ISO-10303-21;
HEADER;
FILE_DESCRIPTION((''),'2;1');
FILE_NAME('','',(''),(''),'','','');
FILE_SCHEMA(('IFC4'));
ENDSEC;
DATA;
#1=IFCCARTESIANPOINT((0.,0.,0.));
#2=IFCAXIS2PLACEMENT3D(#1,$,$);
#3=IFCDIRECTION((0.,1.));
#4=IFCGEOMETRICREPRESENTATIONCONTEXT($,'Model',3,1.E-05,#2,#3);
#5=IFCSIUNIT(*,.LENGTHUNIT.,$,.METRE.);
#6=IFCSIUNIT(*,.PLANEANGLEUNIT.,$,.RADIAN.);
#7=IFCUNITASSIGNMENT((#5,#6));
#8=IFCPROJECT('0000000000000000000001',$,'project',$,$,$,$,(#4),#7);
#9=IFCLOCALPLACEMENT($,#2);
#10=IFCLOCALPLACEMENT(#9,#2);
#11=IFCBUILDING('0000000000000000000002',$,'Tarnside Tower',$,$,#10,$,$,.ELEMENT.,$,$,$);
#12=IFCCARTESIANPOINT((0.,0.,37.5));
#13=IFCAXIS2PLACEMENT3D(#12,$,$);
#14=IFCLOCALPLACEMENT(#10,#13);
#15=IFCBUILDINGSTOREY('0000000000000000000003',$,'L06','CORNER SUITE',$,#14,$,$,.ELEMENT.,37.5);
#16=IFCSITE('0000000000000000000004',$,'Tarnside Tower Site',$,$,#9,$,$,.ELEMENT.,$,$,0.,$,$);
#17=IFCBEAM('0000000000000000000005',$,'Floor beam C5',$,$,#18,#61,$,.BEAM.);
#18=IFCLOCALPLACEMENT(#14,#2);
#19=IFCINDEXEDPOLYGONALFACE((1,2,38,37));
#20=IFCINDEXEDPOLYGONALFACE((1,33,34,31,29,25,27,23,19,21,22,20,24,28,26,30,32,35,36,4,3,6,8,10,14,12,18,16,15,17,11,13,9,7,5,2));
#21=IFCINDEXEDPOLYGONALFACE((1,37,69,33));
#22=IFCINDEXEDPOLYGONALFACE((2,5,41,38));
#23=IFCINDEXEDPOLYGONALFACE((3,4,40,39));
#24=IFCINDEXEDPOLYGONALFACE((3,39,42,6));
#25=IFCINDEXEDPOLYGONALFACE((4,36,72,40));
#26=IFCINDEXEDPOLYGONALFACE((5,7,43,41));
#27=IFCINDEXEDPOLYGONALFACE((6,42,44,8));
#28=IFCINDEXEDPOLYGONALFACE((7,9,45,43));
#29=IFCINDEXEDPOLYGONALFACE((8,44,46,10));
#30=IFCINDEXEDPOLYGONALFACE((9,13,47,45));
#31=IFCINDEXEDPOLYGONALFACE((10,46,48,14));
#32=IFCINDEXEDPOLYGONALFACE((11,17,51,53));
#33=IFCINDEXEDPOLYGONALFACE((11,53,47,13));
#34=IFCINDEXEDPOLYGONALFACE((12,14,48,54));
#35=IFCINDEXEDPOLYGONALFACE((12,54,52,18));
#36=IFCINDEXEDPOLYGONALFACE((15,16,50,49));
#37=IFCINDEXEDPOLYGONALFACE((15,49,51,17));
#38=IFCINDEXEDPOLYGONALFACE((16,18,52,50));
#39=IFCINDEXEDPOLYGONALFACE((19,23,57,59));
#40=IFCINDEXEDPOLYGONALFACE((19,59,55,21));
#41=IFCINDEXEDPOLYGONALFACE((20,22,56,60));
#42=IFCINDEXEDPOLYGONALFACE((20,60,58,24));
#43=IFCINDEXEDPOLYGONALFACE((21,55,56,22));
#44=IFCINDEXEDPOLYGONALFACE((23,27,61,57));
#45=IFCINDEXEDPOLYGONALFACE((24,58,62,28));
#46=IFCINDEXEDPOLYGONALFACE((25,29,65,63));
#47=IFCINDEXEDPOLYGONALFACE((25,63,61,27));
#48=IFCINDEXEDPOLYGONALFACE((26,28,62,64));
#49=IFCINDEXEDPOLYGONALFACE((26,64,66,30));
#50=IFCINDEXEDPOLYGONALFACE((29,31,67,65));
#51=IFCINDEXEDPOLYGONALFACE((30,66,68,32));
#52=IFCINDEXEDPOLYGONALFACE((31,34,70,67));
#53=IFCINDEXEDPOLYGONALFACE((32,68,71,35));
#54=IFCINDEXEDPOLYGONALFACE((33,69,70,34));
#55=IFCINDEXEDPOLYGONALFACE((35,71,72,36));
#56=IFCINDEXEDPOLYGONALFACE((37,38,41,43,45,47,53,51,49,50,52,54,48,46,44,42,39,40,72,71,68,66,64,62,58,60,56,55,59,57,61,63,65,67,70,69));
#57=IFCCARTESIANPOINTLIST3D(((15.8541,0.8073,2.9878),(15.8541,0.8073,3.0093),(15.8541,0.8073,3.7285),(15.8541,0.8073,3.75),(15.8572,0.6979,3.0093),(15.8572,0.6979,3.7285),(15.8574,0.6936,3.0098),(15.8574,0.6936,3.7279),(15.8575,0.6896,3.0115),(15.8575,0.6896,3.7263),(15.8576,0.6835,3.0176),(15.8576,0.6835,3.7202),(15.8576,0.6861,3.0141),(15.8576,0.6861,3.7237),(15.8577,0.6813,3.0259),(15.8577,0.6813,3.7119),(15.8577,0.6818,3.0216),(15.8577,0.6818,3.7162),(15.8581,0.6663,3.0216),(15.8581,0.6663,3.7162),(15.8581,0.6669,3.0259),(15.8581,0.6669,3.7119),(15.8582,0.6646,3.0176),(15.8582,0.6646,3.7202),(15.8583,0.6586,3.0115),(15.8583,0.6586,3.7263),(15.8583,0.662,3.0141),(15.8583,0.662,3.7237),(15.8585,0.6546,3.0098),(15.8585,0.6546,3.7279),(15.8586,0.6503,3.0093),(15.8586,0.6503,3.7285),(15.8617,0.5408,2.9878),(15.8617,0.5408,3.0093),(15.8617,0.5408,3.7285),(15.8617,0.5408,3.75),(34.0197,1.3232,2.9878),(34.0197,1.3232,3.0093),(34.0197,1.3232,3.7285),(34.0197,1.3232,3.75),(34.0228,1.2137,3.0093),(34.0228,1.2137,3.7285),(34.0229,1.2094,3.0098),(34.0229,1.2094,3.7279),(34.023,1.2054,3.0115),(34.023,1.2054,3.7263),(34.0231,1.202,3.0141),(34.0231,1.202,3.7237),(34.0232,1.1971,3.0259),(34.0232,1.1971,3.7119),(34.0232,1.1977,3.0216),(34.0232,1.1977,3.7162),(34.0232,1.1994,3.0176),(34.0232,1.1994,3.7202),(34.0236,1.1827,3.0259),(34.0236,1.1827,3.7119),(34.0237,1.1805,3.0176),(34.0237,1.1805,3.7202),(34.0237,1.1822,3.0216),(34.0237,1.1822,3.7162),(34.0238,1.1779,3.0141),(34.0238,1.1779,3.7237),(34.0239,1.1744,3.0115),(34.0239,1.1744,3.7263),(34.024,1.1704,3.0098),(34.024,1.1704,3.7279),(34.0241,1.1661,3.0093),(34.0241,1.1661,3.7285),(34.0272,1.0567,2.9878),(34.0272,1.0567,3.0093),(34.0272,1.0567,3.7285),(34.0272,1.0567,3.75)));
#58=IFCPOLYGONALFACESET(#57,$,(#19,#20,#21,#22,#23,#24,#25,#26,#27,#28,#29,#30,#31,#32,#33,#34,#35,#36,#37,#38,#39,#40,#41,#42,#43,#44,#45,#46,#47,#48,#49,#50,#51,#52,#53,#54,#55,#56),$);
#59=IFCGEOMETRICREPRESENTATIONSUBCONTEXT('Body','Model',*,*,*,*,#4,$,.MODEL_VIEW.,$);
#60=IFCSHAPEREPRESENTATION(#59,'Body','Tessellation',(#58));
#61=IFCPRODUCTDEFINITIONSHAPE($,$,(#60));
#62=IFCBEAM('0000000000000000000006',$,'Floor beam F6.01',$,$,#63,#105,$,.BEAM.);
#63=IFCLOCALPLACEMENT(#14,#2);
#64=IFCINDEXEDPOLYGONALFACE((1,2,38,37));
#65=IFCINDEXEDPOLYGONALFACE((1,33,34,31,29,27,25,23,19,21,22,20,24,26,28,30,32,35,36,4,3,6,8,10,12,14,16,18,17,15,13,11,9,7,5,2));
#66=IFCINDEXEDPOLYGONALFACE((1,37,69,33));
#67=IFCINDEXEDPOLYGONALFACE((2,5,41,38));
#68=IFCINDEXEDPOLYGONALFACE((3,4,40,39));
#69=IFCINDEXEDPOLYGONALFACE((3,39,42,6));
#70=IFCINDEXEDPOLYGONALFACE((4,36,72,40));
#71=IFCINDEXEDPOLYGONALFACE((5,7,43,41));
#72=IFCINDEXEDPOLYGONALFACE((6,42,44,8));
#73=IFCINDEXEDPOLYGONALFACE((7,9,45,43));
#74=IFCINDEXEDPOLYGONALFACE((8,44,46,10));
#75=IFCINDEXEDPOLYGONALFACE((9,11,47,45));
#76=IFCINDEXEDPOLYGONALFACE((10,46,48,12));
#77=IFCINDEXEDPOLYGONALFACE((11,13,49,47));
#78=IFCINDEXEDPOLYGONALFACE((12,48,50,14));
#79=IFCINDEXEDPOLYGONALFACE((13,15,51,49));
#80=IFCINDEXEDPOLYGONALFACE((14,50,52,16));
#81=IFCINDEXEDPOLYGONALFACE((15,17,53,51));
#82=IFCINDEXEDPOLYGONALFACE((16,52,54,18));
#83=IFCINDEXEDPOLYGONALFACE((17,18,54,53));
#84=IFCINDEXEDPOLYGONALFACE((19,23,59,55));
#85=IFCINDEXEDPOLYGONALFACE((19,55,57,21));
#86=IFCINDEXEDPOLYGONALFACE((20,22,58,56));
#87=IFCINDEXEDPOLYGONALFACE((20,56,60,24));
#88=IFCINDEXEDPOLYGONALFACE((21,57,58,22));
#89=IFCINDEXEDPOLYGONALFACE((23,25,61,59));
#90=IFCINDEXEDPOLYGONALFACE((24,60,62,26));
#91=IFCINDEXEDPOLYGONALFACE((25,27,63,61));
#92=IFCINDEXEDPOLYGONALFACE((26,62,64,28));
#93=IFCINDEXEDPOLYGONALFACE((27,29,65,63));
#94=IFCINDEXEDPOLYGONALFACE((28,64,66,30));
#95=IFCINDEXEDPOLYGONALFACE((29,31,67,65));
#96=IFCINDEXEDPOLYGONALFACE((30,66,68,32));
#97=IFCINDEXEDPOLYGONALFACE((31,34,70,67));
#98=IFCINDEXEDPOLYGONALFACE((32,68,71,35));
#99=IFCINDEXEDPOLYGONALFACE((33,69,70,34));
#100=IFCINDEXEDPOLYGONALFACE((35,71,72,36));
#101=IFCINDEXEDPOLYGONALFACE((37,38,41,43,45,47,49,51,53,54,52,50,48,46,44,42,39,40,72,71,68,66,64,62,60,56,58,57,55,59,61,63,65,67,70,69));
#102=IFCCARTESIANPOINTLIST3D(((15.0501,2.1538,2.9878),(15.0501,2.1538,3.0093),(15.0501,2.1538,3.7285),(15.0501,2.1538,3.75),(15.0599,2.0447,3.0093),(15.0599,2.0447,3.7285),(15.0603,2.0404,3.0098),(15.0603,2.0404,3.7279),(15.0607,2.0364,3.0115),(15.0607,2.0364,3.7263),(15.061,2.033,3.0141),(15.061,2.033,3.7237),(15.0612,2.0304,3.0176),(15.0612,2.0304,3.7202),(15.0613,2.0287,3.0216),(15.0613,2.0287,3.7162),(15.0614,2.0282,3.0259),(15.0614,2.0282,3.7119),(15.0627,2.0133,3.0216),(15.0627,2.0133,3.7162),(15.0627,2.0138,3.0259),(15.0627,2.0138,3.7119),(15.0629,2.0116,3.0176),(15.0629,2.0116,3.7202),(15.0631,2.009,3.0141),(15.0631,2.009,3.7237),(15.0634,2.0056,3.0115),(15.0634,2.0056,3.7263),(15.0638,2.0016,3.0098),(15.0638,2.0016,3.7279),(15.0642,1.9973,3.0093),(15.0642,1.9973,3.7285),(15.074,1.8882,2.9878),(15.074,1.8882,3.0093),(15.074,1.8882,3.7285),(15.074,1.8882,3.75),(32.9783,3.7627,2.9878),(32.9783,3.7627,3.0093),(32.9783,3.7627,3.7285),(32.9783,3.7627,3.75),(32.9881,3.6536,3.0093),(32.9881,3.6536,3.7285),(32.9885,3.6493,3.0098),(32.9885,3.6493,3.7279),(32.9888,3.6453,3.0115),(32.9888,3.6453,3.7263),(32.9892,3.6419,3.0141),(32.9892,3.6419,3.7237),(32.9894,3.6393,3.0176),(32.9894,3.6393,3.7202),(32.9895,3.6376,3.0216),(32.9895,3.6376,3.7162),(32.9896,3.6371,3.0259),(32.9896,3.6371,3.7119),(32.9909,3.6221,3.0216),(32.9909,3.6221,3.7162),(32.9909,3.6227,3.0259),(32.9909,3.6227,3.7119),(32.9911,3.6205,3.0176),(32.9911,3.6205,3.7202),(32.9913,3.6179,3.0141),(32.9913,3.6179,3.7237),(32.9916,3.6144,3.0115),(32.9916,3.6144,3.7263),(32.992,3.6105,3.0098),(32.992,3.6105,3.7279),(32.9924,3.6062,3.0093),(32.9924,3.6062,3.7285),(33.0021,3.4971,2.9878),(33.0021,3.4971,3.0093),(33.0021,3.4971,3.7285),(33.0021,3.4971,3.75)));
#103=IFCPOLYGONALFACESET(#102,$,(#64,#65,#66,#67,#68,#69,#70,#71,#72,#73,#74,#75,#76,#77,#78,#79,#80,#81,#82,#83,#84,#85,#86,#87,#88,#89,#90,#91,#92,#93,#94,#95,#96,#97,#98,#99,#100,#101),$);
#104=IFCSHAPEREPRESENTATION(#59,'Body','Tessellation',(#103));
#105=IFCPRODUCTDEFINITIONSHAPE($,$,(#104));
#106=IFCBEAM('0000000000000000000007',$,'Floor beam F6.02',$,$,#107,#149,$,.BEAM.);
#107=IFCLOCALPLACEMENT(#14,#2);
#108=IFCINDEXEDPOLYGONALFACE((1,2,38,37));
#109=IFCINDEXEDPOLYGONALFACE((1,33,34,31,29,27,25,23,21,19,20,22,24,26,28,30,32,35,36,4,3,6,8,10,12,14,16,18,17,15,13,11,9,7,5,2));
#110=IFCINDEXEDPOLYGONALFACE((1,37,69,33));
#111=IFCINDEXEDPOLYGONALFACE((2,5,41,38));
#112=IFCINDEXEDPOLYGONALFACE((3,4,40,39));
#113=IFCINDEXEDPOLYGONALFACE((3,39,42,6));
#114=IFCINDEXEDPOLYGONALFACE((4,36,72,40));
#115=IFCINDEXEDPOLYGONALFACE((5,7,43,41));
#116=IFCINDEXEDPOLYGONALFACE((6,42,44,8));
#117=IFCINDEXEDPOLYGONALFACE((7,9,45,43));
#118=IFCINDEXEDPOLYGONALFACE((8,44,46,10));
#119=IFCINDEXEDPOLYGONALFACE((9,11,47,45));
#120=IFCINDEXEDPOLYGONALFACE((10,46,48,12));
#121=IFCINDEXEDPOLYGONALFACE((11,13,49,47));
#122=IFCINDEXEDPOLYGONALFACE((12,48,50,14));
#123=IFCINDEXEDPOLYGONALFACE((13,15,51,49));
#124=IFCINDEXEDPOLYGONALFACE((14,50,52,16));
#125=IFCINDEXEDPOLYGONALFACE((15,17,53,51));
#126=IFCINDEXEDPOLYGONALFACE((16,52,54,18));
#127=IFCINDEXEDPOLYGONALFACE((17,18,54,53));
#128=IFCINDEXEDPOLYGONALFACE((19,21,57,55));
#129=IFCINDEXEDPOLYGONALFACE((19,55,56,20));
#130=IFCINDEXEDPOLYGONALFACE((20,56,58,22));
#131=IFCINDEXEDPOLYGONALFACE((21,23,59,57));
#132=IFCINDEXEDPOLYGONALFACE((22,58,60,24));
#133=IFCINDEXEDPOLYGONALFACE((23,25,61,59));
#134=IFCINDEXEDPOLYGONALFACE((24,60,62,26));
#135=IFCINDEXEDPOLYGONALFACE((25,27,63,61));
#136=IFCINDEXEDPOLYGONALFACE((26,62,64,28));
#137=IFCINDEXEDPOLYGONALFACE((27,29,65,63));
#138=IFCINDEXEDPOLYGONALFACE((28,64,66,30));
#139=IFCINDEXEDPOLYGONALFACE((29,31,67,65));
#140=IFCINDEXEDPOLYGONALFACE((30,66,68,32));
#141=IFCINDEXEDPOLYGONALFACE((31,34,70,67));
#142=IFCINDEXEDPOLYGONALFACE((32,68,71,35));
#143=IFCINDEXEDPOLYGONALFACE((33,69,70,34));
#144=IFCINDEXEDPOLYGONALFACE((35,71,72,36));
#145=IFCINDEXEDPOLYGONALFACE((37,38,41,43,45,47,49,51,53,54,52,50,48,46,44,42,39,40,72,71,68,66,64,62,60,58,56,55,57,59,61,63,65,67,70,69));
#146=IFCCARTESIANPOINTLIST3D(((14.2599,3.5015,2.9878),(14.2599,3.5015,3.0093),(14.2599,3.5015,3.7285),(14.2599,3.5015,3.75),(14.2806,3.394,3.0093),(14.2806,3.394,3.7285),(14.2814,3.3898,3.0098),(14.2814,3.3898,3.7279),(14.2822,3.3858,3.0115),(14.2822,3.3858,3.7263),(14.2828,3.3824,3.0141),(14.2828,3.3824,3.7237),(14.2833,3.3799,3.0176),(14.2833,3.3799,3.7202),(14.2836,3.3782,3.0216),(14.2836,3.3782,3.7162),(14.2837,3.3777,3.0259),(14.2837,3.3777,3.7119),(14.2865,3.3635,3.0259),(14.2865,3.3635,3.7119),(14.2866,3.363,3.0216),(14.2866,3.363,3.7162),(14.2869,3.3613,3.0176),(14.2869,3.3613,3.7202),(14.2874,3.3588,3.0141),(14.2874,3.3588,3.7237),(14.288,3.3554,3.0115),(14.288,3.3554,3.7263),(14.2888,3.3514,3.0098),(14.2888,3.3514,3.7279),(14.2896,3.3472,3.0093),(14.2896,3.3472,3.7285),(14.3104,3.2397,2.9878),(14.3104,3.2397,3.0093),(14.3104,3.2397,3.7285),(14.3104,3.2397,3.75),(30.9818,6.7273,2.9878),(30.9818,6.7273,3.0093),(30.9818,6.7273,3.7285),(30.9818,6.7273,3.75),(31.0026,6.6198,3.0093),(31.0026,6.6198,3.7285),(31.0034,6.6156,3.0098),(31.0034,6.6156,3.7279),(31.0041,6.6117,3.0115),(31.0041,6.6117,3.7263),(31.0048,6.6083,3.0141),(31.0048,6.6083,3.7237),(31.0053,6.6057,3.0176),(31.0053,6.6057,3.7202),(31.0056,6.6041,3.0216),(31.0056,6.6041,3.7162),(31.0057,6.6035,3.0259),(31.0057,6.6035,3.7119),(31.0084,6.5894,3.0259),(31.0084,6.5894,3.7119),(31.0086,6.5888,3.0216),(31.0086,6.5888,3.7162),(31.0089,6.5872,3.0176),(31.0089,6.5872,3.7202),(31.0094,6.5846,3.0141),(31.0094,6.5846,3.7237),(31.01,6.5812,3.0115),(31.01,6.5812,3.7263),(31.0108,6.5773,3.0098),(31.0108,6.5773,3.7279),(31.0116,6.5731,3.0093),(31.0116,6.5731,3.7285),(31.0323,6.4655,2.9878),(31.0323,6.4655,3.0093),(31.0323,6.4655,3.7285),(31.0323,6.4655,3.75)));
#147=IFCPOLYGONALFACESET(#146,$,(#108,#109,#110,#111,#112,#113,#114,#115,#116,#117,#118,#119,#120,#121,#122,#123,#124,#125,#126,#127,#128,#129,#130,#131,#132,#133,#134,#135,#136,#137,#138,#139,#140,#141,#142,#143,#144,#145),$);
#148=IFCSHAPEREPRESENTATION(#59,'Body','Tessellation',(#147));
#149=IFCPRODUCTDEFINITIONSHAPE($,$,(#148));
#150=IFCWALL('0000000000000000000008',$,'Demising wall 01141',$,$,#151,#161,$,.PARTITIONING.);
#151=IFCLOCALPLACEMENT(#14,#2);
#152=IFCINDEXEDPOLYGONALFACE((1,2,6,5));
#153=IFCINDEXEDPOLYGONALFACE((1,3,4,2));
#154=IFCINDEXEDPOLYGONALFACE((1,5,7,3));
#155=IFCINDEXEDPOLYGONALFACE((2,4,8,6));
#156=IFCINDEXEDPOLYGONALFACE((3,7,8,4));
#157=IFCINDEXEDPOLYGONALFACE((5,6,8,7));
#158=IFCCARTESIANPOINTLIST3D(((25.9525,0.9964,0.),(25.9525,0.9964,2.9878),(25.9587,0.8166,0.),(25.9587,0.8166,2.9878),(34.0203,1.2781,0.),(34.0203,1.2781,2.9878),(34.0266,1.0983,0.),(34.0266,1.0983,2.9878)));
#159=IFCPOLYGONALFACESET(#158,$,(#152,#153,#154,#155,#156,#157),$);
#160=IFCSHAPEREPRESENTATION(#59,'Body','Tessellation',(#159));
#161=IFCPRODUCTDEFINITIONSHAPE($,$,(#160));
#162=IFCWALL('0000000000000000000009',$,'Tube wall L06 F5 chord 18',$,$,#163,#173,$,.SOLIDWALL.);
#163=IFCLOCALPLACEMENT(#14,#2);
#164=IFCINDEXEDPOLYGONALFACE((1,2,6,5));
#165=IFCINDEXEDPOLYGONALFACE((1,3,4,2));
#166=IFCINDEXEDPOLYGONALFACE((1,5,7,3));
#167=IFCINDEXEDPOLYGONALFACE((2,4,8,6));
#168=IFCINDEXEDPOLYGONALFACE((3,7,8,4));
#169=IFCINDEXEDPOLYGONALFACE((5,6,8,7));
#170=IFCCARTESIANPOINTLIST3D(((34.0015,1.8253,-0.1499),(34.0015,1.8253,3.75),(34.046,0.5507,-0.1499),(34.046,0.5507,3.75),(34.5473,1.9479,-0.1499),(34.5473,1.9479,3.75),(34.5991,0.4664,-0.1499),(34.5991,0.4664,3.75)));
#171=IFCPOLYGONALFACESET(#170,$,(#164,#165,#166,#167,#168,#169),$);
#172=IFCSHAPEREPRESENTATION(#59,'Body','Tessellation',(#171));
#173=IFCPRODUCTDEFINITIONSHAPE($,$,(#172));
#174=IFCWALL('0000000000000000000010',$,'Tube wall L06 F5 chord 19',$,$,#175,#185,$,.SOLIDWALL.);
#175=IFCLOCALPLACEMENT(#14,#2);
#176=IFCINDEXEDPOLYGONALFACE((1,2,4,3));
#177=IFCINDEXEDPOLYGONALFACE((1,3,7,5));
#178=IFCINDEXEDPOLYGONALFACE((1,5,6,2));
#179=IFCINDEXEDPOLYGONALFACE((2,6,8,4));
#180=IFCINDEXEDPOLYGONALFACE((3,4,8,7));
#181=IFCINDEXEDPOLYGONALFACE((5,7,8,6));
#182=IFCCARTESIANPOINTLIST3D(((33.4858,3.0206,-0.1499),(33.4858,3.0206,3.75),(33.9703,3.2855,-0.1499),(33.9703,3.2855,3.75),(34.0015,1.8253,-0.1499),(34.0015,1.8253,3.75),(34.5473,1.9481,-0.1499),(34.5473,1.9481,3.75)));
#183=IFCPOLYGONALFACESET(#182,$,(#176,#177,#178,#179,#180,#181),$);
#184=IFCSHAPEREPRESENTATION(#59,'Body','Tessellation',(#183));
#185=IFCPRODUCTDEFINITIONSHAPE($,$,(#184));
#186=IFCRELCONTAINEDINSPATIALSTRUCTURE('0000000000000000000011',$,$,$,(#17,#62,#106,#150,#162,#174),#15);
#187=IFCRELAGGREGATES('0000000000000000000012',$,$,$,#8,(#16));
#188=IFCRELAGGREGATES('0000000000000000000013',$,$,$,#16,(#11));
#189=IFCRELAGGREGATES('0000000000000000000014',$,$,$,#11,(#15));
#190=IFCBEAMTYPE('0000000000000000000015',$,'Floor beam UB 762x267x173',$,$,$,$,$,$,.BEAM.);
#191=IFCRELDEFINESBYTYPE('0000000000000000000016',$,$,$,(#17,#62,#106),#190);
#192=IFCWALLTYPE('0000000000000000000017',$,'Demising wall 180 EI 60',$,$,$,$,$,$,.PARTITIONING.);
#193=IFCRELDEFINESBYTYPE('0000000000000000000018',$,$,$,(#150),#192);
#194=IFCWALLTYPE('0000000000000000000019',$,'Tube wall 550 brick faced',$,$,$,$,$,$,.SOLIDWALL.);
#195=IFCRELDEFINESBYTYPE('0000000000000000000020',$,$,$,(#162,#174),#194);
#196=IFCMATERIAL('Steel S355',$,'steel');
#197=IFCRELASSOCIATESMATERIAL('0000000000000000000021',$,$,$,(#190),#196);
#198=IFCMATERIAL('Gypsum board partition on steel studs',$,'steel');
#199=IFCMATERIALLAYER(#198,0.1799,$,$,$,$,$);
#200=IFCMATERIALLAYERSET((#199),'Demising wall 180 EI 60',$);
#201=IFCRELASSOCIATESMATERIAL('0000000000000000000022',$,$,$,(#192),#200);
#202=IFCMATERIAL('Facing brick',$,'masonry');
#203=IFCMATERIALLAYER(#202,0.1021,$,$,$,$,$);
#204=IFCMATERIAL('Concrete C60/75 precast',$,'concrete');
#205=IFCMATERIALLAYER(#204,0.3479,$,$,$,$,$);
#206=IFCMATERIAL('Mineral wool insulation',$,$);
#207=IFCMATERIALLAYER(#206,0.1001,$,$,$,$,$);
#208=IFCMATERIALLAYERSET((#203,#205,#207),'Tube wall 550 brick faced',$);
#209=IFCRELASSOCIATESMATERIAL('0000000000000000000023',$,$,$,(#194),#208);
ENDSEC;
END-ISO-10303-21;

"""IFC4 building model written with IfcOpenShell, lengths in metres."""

from ifc_helpers import new_model, si_unit, direction, frame, frame_2d, origin, origin_2d, place, context, subcontext, project, spatial, polyline, rectangle, i_section, outline, extrude, material, layer, layer_set, material_profile, profile_set, type_object, element, save


model = new_model("IFC4")

# Units and contexts
model_context = context("Model", 3, precision=1e-05, world=origin(), true_north=direction((0.0, 1.0)))
body_context = subcontext(model_context, "Body", "Model", "MODEL_VIEW")
ifc_project = project(units=[si_unit("LENGTHUNIT", "METRE"), si_unit("PLANEANGLEUNIT", "RADIAN")], contexts=[model_context])

# Site, building, storey
site_placement = place(None, origin())
site = spatial("IfcSite", under=ifc_project, at=site_placement, Name="Tarnside Tower Site", CompositionType="ELEMENT", RefElevation=0.0)
building_placement = place(site_placement, origin())
building = spatial("IfcBuilding", under=site, at=building_placement, Name="Tarnside Tower", CompositionType="ELEMENT")
storey_placement = place(building_placement, frame((0.0, 0.0, 37.5)))
storey = spatial("IfcBuildingStorey", under=building, at=storey_placement, Name="L06", Description="CORNER SUITE", CompositionType="ELEMENT", Elevation=37.5)

# Beams
ifc_material_1 = material(Name="Steel S355", Category="steel")
ifc_material_profile = material_profile(ifc_material_1, i_section(OverallWidth=0.2666, OverallDepth=0.7622, WebThickness=0.0144, FlangeThickness=0.0215, FilletRadius=0.0166, at=origin_2d()), Name="UB 762x267x173")
ifc_profile_set = profile_set([ifc_material_profile], Name="Steel S355")
beam_type = type_object("IfcBeamType", Name="Floor beam UB 762x267x173", PredefinedType="BEAM", material=ifc_profile_set)
beam_1_placement = place(storey_placement, frame((34.0234, 1.1899, 3.3689), z_axis=(-0.999597, -0.028387, 0.0), x_axis=(0.028387, -0.999597, 0.0)))
element("IfcBeam", 1, at=beam_1_placement, inside=storey, type_object=beam_type, Name="Floor beam C5", PredefinedType="BEAM", context=body_context, shape_type="SweptSolid", body=[
    extrude(i_section(OverallWidth=0.2666, OverallDepth=0.7622, WebThickness=0.0144, FlangeThickness=0.0215, FilletRadius=0.0166, at=origin_2d()), origin(), (0.0, 0.0, 1.0), 18.1729),
])
beam_2_placement = place(storey_placement, frame((32.9902, 3.6299, 3.3689), z_axis=(-0.995997, -0.089381, 0.0), x_axis=(0.089381, -0.995997, 0.0)))
element("IfcBeam", 2, at=beam_2_placement, inside=storey, type_object=beam_type, Name="Floor beam F6.01", PredefinedType="BEAM", context=body_context, shape_type="SweptSolid", body=[
    extrude(i_section(OverallWidth=0.2666, OverallDepth=0.7622, WebThickness=0.0144, FlangeThickness=0.0215, FilletRadius=0.0166, at=origin_2d()), origin(), (0.0, 0.0, 1.0), 18.0002),
])
beam_3_placement = place(storey_placement, frame((31.0071, 6.5964, 3.3689), z_axis=(-0.981897, -0.189418, 0.0), x_axis=(0.189418, -0.981897, 0.0)))
element("IfcBeam", 3, at=beam_3_placement, inside=storey, type_object=beam_type, Name="Floor beam F6.02", PredefinedType="BEAM", context=body_context, shape_type="SweptSolid", body=[
    extrude(i_section(OverallWidth=0.2666, OverallDepth=0.7622, WebThickness=0.0144, FlangeThickness=0.0215, FilletRadius=0.0166, at=origin_2d()), origin(), (0.0, 0.0, 1.0), 17.0303),
])

# Walls
ifc_material_2 = material(Name="Gypsum board partition on steel studs", Category="steel")
ifc_layer_1 = layer(ifc_material_2, 0.1799)
ifc_layer_set_1 = layer_set([ifc_layer_1], Name="Demising wall 180 EI 60")
wall_type_1 = type_object("IfcWallType", Name="Demising wall 180 EI 60", PredefinedType="PARTITIONING", material=ifc_layer_set_1)
wall_1_placement = place(storey_placement, frame((34.0234, 1.1882, 0.0), z_axis=(0.0, 0.0, 1.0), x_axis=(-0.999391, -0.0349, 0.0)))
element("IfcWall", 4, at=wall_1_placement, inside=storey, type_object=wall_type_1, Name="Demising wall 01141", PredefinedType="PARTITIONING", context=body_context, shape_type="SweptSolid", body=[
    extrude(rectangle(XDim=8.0728, YDim=0.1799, at=frame_2d((4.0364, 0.0))), origin(), (0.0, 0.0, 1.0), 2.9878),
])
ifc_material_3 = material(Name="Facing brick", Category="masonry")
ifc_layer_2 = layer(ifc_material_3, 0.1021)
ifc_material_4 = material(Name="Concrete C60/75 precast", Category="concrete")
ifc_layer_3 = layer(ifc_material_4, 0.3479)
ifc_material_5 = material(Name="Mineral wool insulation")
ifc_layer_4 = layer(ifc_material_5, 0.1001)
ifc_layer_set_2 = layer_set([ifc_layer_2, ifc_layer_3, ifc_layer_4], Name="Tube wall 550 brick faced")
wall_type_2 = type_object("IfcWallType", Name="Tube wall 550 brick faced", PredefinedType="SOLIDWALL", material=ifc_layer_set_2)
wall_2_placement = place(storey_placement, frame((34.3225, 0.5085, -0.1499), z_axis=(0.0, 0.0, 1.0), x_axis=(-0.034877, 0.999392, 0.0)))
element("IfcWall", 5, at=wall_2_placement, inside=storey, type_object=wall_type_2, Name="Tube wall L06 F5 chord 18", PredefinedType="SOLIDWALL", context=body_context, shape_type="SweptSolid", body=[
    extrude(outline(polyline([(-0.0518, -0.2749), (1.4307, -0.2749), (1.3271, 0.2749), (0.0518, 0.2749), (-0.0518, -0.2749)])), origin(), (0.0, 0.0, 1.0), 3.8999),
])
wall_3_placement = place(storey_placement, frame((34.2744, 1.8867, -0.1499), z_axis=(0.0, 0.0, 1.0), x_axis=(-0.396161, 0.918181, 0.0)))
element("IfcWall", 6, at=wall_3_placement, inside=storey, type_object=wall_type_2, Name="Tube wall L06 F5 chord 19", PredefinedType="SOLIDWALL", context=body_context, shape_type="SweptSolid", body=[
    extrude(outline(polyline([(-0.0518, -0.2749), (1.4048, -0.2749), (1.3535, 0.2749), (0.0518, 0.2749), (-0.0518, -0.2749)])), origin(), (0.0, 0.0, 1.0), 3.8999),
])

save(model, "model.ifc")
